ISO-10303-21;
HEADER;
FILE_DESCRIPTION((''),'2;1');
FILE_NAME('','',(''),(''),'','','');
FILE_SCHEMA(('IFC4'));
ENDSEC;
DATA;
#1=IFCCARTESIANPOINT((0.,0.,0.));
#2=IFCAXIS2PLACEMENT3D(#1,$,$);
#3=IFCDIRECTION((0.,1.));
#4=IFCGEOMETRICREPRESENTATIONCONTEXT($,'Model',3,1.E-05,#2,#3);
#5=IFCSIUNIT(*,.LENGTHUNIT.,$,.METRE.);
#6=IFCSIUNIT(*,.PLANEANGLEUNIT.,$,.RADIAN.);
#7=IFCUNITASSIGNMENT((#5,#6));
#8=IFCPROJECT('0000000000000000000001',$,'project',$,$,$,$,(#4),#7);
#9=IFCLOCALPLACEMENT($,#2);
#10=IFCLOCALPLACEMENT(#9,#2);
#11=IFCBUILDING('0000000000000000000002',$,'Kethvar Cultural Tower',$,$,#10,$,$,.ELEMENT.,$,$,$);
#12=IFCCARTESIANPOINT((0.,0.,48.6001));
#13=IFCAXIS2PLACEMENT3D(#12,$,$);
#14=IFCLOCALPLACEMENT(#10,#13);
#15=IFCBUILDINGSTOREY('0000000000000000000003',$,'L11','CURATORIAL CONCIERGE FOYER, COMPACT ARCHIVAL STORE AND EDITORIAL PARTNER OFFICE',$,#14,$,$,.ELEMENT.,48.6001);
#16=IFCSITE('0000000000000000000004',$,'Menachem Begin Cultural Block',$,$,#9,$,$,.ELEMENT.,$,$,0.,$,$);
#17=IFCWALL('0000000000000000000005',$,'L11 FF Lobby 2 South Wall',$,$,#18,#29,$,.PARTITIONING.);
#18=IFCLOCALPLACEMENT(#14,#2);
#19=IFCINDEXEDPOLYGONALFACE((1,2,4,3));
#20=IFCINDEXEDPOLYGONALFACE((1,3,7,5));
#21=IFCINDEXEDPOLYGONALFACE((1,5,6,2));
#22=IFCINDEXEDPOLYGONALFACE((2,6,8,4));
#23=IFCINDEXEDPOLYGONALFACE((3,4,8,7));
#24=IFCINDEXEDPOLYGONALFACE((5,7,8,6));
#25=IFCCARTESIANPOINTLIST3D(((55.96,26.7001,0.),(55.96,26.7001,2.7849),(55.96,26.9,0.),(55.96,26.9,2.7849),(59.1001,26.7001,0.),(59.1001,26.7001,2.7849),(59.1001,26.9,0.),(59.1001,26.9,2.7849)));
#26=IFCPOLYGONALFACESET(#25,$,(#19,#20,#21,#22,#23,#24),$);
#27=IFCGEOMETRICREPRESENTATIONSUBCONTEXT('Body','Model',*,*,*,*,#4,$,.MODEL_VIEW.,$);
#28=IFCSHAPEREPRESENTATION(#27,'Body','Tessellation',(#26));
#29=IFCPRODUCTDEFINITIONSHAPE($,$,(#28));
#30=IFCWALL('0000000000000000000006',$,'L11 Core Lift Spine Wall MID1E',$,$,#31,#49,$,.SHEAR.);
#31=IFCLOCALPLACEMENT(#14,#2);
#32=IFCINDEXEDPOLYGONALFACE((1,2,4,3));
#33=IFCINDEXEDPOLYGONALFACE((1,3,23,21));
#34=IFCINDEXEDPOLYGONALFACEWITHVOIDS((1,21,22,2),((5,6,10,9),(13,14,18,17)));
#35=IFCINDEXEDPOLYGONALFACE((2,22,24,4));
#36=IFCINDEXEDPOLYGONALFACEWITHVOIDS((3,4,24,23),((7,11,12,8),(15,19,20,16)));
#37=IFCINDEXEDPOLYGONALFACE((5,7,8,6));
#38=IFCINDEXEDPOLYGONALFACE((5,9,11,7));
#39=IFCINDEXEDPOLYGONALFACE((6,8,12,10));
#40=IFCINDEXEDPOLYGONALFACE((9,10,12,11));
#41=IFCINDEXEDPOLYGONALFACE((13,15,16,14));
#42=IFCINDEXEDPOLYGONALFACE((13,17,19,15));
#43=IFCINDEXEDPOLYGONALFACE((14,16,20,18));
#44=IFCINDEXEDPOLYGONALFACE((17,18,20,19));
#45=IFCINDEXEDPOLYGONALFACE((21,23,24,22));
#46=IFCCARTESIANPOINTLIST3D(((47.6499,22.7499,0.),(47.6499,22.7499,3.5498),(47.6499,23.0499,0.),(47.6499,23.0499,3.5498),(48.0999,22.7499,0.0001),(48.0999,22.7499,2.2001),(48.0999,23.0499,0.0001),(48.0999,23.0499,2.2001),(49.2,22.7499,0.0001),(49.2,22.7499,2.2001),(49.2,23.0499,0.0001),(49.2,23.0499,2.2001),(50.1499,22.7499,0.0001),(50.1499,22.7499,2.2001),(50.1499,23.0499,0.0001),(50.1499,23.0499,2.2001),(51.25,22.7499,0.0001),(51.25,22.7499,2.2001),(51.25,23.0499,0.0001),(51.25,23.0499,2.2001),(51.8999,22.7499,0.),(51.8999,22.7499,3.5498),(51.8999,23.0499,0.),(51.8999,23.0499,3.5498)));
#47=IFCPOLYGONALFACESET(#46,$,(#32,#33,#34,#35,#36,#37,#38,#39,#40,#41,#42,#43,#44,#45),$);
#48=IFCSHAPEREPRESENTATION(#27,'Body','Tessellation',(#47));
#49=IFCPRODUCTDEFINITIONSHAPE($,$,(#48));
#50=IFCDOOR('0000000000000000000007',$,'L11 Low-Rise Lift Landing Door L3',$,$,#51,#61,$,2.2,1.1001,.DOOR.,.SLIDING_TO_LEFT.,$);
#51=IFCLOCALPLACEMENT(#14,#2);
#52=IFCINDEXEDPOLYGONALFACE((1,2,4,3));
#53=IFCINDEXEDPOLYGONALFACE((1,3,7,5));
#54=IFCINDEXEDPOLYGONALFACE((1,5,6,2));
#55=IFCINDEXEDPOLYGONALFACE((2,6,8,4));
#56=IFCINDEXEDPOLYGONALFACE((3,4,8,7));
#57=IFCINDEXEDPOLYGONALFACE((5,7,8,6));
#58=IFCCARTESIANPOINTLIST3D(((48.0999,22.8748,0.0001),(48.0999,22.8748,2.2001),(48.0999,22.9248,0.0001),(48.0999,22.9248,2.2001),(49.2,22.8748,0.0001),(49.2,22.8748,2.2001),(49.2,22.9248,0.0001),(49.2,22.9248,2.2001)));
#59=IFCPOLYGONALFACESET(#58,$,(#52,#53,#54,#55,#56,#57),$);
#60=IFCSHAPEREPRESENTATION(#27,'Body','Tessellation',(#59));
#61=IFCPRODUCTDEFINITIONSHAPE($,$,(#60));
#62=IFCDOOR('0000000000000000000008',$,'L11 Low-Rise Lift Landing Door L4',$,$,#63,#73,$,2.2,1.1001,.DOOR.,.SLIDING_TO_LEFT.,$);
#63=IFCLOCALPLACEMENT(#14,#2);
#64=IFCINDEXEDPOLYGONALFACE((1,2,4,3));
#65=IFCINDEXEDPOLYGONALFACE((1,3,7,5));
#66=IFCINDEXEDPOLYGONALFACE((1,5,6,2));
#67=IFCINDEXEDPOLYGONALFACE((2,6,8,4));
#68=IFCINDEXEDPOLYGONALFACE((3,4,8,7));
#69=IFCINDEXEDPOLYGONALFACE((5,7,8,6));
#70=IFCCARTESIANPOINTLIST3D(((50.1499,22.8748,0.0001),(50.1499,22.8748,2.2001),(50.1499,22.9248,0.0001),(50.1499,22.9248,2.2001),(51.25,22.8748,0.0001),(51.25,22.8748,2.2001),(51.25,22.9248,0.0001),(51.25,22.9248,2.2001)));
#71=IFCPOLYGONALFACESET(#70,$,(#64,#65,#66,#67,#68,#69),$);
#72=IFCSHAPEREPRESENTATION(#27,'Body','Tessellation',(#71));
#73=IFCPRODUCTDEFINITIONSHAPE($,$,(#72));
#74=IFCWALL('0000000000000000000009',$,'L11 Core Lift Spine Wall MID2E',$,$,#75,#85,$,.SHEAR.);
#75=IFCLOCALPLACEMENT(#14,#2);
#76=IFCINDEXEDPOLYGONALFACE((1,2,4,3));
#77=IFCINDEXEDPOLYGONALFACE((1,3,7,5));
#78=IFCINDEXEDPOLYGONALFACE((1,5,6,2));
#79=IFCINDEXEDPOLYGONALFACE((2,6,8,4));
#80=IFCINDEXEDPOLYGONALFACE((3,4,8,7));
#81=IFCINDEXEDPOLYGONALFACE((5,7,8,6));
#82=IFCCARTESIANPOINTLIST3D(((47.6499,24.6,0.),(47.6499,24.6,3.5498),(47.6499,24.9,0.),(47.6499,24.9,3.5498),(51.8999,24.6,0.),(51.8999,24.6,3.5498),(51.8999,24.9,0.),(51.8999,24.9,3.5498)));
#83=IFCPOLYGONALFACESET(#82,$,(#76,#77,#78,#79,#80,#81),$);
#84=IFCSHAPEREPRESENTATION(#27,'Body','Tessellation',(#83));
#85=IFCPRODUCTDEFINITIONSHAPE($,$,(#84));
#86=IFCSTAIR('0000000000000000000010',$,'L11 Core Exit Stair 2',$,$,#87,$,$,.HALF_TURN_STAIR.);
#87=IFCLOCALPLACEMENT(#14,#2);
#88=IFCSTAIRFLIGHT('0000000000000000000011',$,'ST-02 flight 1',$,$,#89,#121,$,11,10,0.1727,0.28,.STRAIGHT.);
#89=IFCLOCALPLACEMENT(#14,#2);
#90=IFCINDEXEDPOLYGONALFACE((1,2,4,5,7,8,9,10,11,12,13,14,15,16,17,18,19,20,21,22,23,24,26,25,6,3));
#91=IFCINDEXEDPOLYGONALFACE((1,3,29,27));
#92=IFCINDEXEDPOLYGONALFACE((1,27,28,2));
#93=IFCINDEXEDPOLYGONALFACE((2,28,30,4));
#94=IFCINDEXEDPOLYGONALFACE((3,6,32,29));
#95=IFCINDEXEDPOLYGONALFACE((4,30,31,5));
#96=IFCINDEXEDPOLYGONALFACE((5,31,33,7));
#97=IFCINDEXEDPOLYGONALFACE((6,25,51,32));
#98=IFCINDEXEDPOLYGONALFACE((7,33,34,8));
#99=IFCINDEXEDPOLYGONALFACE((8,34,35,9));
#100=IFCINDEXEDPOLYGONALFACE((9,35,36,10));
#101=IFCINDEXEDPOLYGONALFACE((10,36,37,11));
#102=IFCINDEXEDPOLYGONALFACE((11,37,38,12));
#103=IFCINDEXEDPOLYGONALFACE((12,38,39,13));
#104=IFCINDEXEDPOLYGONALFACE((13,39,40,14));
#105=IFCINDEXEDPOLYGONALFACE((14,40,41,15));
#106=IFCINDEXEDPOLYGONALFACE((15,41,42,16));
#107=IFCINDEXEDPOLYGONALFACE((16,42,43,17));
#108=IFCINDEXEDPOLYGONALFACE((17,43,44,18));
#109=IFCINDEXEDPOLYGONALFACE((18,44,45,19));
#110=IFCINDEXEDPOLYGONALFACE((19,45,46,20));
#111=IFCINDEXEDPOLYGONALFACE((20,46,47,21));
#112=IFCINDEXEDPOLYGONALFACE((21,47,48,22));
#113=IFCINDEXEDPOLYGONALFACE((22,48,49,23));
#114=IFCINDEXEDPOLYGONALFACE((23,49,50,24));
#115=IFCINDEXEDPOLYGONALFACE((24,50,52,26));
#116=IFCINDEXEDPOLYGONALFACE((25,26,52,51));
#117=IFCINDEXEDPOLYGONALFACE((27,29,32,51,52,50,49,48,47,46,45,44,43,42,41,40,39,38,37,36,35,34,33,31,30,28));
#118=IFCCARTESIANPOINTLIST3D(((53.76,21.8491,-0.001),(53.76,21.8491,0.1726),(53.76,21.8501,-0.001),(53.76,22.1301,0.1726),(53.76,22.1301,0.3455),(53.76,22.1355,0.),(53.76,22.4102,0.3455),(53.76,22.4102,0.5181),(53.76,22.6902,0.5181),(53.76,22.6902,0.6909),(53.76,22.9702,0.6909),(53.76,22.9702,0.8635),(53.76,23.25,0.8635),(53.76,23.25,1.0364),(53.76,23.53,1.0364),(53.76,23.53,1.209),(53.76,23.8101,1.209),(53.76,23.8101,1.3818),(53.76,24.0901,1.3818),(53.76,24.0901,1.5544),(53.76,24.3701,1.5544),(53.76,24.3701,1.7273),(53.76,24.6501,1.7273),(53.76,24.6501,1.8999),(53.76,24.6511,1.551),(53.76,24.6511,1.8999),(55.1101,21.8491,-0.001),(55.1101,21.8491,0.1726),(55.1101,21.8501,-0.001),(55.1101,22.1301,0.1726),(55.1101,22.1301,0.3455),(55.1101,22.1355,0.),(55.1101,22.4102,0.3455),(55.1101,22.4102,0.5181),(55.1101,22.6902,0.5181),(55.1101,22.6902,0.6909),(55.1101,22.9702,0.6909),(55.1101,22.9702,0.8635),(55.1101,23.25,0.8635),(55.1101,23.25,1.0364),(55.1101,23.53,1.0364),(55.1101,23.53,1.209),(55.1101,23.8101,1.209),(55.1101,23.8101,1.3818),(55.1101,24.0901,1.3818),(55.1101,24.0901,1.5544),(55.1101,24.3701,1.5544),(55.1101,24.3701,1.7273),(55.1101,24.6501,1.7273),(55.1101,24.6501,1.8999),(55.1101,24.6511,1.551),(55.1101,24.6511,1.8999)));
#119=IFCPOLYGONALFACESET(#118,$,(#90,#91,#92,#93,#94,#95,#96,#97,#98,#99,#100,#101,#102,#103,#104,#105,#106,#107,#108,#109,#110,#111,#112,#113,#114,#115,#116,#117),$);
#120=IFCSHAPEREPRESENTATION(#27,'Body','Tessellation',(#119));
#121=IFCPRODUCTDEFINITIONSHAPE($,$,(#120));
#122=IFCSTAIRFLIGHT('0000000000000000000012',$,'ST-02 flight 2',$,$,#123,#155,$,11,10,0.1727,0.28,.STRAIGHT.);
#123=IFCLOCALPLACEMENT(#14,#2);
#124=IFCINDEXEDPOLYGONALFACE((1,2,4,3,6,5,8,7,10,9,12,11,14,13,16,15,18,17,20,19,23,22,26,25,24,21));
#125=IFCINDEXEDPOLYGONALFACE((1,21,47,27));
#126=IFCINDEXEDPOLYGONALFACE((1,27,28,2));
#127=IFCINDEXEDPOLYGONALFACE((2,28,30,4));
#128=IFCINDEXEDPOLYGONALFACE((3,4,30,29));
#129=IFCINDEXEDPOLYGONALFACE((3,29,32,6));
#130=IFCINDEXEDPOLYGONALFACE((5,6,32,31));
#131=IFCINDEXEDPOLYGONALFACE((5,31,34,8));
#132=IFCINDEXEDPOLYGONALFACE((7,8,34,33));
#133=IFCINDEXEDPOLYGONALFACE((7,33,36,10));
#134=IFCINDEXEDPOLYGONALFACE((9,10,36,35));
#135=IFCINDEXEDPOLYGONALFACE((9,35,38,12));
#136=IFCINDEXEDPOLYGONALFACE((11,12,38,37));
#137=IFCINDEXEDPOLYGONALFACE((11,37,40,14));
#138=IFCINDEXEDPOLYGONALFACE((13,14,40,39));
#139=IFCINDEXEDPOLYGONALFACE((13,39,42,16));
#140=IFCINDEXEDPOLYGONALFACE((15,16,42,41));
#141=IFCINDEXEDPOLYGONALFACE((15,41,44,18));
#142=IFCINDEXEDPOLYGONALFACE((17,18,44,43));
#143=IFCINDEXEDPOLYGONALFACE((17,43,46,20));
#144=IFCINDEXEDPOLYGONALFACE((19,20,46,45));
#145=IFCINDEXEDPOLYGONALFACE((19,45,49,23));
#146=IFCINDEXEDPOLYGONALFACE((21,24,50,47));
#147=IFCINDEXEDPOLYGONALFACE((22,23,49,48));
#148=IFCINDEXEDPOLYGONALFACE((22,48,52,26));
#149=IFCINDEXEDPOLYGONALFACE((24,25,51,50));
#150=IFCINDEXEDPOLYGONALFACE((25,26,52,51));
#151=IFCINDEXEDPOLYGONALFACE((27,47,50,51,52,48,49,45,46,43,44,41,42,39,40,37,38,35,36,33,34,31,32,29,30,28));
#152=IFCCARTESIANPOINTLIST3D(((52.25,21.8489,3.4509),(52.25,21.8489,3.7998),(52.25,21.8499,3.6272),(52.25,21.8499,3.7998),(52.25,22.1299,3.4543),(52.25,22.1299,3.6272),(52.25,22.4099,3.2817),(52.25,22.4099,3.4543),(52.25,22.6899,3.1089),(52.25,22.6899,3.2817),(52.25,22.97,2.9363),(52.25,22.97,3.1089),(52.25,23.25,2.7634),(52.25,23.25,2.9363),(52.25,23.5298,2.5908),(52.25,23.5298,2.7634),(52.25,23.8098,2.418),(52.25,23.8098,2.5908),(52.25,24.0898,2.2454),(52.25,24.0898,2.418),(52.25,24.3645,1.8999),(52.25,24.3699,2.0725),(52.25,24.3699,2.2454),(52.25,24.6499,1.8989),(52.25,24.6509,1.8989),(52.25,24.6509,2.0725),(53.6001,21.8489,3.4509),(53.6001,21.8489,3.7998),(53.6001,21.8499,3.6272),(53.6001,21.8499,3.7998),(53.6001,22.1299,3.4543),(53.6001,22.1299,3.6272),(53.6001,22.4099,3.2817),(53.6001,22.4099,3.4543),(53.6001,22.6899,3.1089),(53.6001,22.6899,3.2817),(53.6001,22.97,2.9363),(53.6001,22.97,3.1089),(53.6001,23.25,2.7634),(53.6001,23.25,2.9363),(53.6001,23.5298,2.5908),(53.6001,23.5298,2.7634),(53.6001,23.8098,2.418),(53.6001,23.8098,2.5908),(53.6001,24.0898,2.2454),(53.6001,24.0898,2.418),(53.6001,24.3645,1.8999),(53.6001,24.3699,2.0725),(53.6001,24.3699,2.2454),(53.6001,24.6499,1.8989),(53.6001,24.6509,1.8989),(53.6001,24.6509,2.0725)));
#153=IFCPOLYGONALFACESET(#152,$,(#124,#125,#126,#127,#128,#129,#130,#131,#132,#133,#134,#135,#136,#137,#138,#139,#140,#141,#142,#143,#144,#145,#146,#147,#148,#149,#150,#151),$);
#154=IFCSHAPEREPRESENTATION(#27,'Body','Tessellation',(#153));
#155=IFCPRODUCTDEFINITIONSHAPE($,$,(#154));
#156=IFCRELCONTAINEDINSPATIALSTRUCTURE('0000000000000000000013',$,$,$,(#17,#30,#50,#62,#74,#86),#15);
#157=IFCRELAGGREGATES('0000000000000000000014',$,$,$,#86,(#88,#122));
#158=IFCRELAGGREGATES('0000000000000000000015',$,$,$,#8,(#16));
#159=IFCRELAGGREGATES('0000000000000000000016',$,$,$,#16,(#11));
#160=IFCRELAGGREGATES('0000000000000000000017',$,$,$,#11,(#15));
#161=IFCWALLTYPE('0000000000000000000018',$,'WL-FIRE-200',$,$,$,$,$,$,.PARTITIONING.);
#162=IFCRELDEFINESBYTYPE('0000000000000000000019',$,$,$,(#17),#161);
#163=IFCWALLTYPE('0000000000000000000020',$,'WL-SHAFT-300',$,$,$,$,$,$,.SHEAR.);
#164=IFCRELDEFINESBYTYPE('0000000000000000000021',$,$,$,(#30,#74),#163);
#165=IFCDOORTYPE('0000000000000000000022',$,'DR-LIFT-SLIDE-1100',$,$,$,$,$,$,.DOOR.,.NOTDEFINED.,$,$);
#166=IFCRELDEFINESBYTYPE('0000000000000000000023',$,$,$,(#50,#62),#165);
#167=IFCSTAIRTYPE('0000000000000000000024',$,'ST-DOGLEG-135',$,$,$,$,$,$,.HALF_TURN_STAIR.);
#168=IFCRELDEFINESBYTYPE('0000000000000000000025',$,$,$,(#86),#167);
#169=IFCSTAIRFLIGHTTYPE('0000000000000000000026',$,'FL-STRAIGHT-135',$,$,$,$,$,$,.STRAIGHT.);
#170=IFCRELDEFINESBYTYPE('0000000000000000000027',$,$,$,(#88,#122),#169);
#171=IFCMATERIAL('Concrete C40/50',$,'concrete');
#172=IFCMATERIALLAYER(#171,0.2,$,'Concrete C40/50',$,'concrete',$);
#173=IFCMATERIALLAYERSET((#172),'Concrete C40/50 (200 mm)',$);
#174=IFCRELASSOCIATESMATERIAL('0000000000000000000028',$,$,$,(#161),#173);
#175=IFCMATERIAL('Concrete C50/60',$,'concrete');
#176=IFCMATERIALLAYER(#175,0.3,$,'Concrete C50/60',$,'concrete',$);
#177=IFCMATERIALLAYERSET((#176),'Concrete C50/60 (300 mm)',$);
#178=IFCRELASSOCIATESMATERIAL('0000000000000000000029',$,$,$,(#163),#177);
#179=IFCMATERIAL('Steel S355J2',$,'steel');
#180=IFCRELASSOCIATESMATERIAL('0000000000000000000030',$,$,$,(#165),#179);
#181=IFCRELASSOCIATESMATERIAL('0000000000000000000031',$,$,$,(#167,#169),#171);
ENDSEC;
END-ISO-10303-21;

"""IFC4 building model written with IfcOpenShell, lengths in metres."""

from ifc_helpers import new_model, si_unit, direction, frame, frame_2d, origin, place, context, subcontext, project, spatial, polyline, rectangle, outline, extrude, source, transform, mapped, material, layer, layer_set, type_object, element, fill, aggregate, save


model = new_model("IFC4")

# Units and contexts
model_context = context("Model", 3, precision=1e-05, world=origin(), true_north=direction((0.0, 1.0)))
body_context = subcontext(model_context, "Body", "Model", "MODEL_VIEW")
ifc_project = project(units=[si_unit("LENGTHUNIT", "METRE"), si_unit("PLANEANGLEUNIT", "RADIAN")], contexts=[model_context])

# Site, building, storey
site_placement = place(None, origin())
site = spatial("IfcSite", under=ifc_project, at=site_placement, Name="Menachem Begin Cultural Block", CompositionType="ELEMENT", RefElevation=0.0)
building_placement = place(site_placement, origin())
building = spatial("IfcBuilding", under=site, at=building_placement, Name="Kethvar Cultural Tower", CompositionType="ELEMENT")
storey_placement = place(building_placement, frame((0.0, 0.0, 48.6001)))
storey = spatial("IfcBuildingStorey", under=building, at=storey_placement, Name="L11", Description="CURATORIAL CONCIERGE FOYER, COMPACT ARCHIVAL STORE AND EDITORIAL PARTNER OFFICE", CompositionType="ELEMENT", Elevation=48.6001)

# Shared definitions
ifc_material_1 = material(Name="Steel S355J2", Category="steel")

# Wall
ifc_material_2 = material(Name="Concrete C40/50", Category="concrete")
ifc_layer_1 = layer(ifc_material_2, 0.2, Name="Concrete C40/50", Category="concrete")
ifc_layer_set_1 = layer_set([ifc_layer_1], Name="Concrete C40/50 (200 mm)")
wall_type_1 = type_object("IfcWallType", Name="WL-FIRE-200", PredefinedType="PARTITIONING", material=ifc_layer_set_1)
wall_1_placement = place(storey_placement, frame((55.96, 26.8, 0.0), z_axis=(0.0, 0.0, 1.0), x_axis=(1.0, 0.0, 0.0)))
element("IfcWall", 1, at=wall_1_placement, inside=storey, type_object=wall_type_1, Name="L11 FF Lobby 2 South Wall", PredefinedType="PARTITIONING", context=body_context, shape_type="SweptSolid", body=[
    extrude(rectangle(XDim=3.1401, YDim=0.2, at=frame_2d((1.5701, 0.0))), origin(), (0.0, 0.0, 1.0), 2.7849),
])

# Wall, openings, doors
ifc_material_3 = material(Name="Concrete C50/60", Category="concrete")
ifc_layer_2 = layer(ifc_material_3, 0.3, Name="Concrete C50/60", Category="concrete")
ifc_layer_set_2 = layer_set([ifc_layer_2], Name="Concrete C50/60 (300 mm)")
wall_type_2 = type_object("IfcWallType", Name="WL-SHAFT-300", PredefinedType="SHEAR", material=ifc_layer_set_2)
wall_2_placement = place(storey_placement, frame((47.6499, 22.8999, 0.0), z_axis=(0.0, 0.0, 1.0), x_axis=(1.0, 0.0, 0.0)))
wall_2 = element("IfcWall", 2, at=wall_2_placement, inside=storey, type_object=wall_type_2, Name="L11 Core Lift Spine Wall MID1E", PredefinedType="SHEAR", context=body_context, shape_type="SweptSolid", body=[
    extrude(rectangle(XDim=4.25, YDim=0.3, at=frame_2d((2.125, 0.0))), origin(), (0.0, 0.0, 1.0), 3.5498),
])
opening_1_placement = place(wall_2_placement, frame((0.45, 0.0, 0.0)))
opening_1 = element("IfcOpeningElement", 3, at=opening_1_placement, cuts=wall_2, PredefinedType="OPENING", context=body_context, shape_type="SweptSolid", body=[
    extrude(rectangle(XDim=1.1001, YDim=2.2, at=frame_2d((0.55, 1.1001))), frame((0.0, 0.1599, 0.0), z_axis=(0.0, -1.0, 0.0), x_axis=(1.0, 0.0, 0.0)), (0.0, 0.0, 1.0), 0.3201),
])
opening_2_placement = place(wall_2_placement, frame((2.5, 0.0, 0.0)))
opening_2 = element("IfcOpeningElement", 4, at=opening_2_placement, cuts=wall_2, PredefinedType="OPENING", context=body_context, shape_type="SweptSolid", body=[
    extrude(rectangle(XDim=1.1001, YDim=2.2, at=frame_2d((0.55, 1.1001))), frame((0.0, 0.1599, 0.0), z_axis=(0.0, -1.0, 0.0), x_axis=(1.0, 0.0, 0.0)), (0.0, 0.0, 1.0), 0.3201),
])
door_type = type_object("IfcDoorType", Name="DR-LIFT-SLIDE-1100", OperationType="NOTDEFINED", PredefinedType="DOOR", material=ifc_material_1)
shared_shape_1 = source(origin(), body_context, "Body", "SweptSolid", [
    extrude(rectangle(XDim=1.1001, YDim=2.2, at=frame_2d((0.55, 1.1001))), frame((0.0, 0.0249, 0.0), z_axis=(0.0, -1.0, 0.0), x_axis=(1.0, 0.0, 0.0)), (0.0, 0.0, 1.0), 0.05),
])
door_1_placement = place(opening_1_placement, origin())
door_1 = element("IfcDoor", 5, at=door_1_placement, inside=storey, type_object=door_type, Name="L11 Low-Rise Lift Landing Door L3", OperationType="SLIDING_TO_LEFT", OverallHeight=2.2, OverallWidth=1.1001, PredefinedType="DOOR", context=body_context, shape_type="MappedRepresentation", body=[
    mapped(shared_shape_1, transform((0.0, 0.0, 0.0), scale=1.0)),
])
fill(opening_1, door_1)
door_2_placement = place(opening_2_placement, origin())
door_2 = element("IfcDoor", 6, at=door_2_placement, inside=storey, type_object=door_type, Name="L11 Low-Rise Lift Landing Door L4", OperationType="SLIDING_TO_LEFT", OverallHeight=2.2, OverallWidth=1.1001, PredefinedType="DOOR", context=body_context, shape_type="MappedRepresentation", body=[
    mapped(shared_shape_1, transform((0.0, 0.0, 0.0), scale=1.0)),
])
fill(opening_2, door_2)

# Wall
wall_3_placement = place(storey_placement, frame((47.6499, 24.75, 0.0), z_axis=(0.0, 0.0, 1.0), x_axis=(1.0, 0.0, 0.0)))
element("IfcWall", 7, at=wall_3_placement, inside=storey, type_object=wall_type_2, Name="L11 Core Lift Spine Wall MID2E", PredefinedType="SHEAR", context=body_context, shape_type="SweptSolid", body=[
    extrude(rectangle(XDim=4.25, YDim=0.3, at=frame_2d((2.125, 0.0))), origin(), (0.0, 0.0, 1.0), 3.5498),
])

# Stair, stair flights
stair_type = type_object("IfcStairType", Name="ST-DOGLEG-135", PredefinedType="HALF_TURN_STAIR", material=ifc_material_2)
stair_placement = place(storey_placement, origin())
stair = element("IfcStair", 8, at=stair_placement, inside=storey, type_object=stair_type, Name="L11 Core Exit Stair 2", PredefinedType="HALF_TURN_STAIR")
stair_flight_type = type_object("IfcStairFlightType", Name="FL-STRAIGHT-135", PredefinedType="STRAIGHT", material=ifc_material_2)
stair_flight_1_placement = place(storey_placement, frame((54.4351, 21.8501, 0.0), z_axis=(0.0, 0.0, 1.0), x_axis=(0.0, 1.0, 0.0)))
stair_flight_1 = element("IfcStairFlight", 9, at=stair_flight_1_placement, type_object=stair_flight_type, Name="ST-02 flight 1", NumberOfRisers=11, NumberOfTreads=10, PredefinedType="STRAIGHT", RiserHeight=0.1727, TreadLength=0.28, context=body_context, shape_type="SweptSolid", body=[
    extrude(outline(polyline([(-0.001, -0.001), (-0.001, 0.1726), (0.28, 0.1726), (0.28, 0.3455), (0.5601, 0.3455), (0.5601, 0.5181), (0.8401, 0.5181), (0.8401, 0.6909), (1.1201, 0.6909), (1.1201, 0.8635), (1.3999, 0.8635), (1.3999, 1.0364), (1.6799, 1.0364), (1.6799, 1.209), (1.96, 1.209), (1.96, 1.3818), (2.24, 1.3818), (2.24, 1.5544), (2.52, 1.5544), (2.52, 1.7273), (2.8, 1.7273), (2.8, 1.8999), (2.801, 1.8999), (2.801, 1.551), (0.2854, 0.0), (0.0, -0.001), (-0.001, -0.001)])), frame((0.0, 0.675, 0.0), z_axis=(0.0, -1.0, 0.0), x_axis=(1.0, 0.0, 0.0)), (0.0, 0.0, 1.0), 1.3501),
])
stair_flight_2_placement = place(storey_placement, frame((52.925, 24.6499, 1.8999), z_axis=(0.0, 0.0, 1.0), x_axis=(0.0, -1.0, 0.0)))
stair_flight_2 = element("IfcStairFlight", 10, at=stair_flight_2_placement, type_object=stair_flight_type, Name="ST-02 flight 2", NumberOfRisers=11, NumberOfTreads=10, PredefinedType="STRAIGHT", RiserHeight=0.1727, TreadLength=0.28, context=body_context, shape_type="SweptSolid", body=[
    extrude(outline(polyline([(-0.001, -0.001), (-0.001, 0.1726), (0.28, 0.1726), (0.28, 0.3455), (0.5601, 0.3455), (0.5601, 0.5181), (0.8401, 0.5181), (0.8401, 0.6909), (1.1201, 0.6909), (1.1201, 0.8635), (1.3999, 0.8635), (1.3999, 1.0364), (1.6799, 1.0364), (1.6799, 1.209), (1.96, 1.209), (1.96, 1.3818), (2.24, 1.3818), (2.24, 1.5544), (2.52, 1.5544), (2.52, 1.7273), (2.8, 1.7273), (2.8, 1.8999), (2.801, 1.8999), (2.801, 1.551), (0.2854, 0.0), (0.0, -0.001), (-0.001, -0.001)])), frame((0.0, 0.675, 0.0), z_axis=(0.0, -1.0, 0.0), x_axis=(1.0, 0.0, 0.0)), (0.0, 0.0, 1.0), 1.3501),
])
aggregate(stair, [stair_flight_1, stair_flight_2])

save(model, "model.ifc")
